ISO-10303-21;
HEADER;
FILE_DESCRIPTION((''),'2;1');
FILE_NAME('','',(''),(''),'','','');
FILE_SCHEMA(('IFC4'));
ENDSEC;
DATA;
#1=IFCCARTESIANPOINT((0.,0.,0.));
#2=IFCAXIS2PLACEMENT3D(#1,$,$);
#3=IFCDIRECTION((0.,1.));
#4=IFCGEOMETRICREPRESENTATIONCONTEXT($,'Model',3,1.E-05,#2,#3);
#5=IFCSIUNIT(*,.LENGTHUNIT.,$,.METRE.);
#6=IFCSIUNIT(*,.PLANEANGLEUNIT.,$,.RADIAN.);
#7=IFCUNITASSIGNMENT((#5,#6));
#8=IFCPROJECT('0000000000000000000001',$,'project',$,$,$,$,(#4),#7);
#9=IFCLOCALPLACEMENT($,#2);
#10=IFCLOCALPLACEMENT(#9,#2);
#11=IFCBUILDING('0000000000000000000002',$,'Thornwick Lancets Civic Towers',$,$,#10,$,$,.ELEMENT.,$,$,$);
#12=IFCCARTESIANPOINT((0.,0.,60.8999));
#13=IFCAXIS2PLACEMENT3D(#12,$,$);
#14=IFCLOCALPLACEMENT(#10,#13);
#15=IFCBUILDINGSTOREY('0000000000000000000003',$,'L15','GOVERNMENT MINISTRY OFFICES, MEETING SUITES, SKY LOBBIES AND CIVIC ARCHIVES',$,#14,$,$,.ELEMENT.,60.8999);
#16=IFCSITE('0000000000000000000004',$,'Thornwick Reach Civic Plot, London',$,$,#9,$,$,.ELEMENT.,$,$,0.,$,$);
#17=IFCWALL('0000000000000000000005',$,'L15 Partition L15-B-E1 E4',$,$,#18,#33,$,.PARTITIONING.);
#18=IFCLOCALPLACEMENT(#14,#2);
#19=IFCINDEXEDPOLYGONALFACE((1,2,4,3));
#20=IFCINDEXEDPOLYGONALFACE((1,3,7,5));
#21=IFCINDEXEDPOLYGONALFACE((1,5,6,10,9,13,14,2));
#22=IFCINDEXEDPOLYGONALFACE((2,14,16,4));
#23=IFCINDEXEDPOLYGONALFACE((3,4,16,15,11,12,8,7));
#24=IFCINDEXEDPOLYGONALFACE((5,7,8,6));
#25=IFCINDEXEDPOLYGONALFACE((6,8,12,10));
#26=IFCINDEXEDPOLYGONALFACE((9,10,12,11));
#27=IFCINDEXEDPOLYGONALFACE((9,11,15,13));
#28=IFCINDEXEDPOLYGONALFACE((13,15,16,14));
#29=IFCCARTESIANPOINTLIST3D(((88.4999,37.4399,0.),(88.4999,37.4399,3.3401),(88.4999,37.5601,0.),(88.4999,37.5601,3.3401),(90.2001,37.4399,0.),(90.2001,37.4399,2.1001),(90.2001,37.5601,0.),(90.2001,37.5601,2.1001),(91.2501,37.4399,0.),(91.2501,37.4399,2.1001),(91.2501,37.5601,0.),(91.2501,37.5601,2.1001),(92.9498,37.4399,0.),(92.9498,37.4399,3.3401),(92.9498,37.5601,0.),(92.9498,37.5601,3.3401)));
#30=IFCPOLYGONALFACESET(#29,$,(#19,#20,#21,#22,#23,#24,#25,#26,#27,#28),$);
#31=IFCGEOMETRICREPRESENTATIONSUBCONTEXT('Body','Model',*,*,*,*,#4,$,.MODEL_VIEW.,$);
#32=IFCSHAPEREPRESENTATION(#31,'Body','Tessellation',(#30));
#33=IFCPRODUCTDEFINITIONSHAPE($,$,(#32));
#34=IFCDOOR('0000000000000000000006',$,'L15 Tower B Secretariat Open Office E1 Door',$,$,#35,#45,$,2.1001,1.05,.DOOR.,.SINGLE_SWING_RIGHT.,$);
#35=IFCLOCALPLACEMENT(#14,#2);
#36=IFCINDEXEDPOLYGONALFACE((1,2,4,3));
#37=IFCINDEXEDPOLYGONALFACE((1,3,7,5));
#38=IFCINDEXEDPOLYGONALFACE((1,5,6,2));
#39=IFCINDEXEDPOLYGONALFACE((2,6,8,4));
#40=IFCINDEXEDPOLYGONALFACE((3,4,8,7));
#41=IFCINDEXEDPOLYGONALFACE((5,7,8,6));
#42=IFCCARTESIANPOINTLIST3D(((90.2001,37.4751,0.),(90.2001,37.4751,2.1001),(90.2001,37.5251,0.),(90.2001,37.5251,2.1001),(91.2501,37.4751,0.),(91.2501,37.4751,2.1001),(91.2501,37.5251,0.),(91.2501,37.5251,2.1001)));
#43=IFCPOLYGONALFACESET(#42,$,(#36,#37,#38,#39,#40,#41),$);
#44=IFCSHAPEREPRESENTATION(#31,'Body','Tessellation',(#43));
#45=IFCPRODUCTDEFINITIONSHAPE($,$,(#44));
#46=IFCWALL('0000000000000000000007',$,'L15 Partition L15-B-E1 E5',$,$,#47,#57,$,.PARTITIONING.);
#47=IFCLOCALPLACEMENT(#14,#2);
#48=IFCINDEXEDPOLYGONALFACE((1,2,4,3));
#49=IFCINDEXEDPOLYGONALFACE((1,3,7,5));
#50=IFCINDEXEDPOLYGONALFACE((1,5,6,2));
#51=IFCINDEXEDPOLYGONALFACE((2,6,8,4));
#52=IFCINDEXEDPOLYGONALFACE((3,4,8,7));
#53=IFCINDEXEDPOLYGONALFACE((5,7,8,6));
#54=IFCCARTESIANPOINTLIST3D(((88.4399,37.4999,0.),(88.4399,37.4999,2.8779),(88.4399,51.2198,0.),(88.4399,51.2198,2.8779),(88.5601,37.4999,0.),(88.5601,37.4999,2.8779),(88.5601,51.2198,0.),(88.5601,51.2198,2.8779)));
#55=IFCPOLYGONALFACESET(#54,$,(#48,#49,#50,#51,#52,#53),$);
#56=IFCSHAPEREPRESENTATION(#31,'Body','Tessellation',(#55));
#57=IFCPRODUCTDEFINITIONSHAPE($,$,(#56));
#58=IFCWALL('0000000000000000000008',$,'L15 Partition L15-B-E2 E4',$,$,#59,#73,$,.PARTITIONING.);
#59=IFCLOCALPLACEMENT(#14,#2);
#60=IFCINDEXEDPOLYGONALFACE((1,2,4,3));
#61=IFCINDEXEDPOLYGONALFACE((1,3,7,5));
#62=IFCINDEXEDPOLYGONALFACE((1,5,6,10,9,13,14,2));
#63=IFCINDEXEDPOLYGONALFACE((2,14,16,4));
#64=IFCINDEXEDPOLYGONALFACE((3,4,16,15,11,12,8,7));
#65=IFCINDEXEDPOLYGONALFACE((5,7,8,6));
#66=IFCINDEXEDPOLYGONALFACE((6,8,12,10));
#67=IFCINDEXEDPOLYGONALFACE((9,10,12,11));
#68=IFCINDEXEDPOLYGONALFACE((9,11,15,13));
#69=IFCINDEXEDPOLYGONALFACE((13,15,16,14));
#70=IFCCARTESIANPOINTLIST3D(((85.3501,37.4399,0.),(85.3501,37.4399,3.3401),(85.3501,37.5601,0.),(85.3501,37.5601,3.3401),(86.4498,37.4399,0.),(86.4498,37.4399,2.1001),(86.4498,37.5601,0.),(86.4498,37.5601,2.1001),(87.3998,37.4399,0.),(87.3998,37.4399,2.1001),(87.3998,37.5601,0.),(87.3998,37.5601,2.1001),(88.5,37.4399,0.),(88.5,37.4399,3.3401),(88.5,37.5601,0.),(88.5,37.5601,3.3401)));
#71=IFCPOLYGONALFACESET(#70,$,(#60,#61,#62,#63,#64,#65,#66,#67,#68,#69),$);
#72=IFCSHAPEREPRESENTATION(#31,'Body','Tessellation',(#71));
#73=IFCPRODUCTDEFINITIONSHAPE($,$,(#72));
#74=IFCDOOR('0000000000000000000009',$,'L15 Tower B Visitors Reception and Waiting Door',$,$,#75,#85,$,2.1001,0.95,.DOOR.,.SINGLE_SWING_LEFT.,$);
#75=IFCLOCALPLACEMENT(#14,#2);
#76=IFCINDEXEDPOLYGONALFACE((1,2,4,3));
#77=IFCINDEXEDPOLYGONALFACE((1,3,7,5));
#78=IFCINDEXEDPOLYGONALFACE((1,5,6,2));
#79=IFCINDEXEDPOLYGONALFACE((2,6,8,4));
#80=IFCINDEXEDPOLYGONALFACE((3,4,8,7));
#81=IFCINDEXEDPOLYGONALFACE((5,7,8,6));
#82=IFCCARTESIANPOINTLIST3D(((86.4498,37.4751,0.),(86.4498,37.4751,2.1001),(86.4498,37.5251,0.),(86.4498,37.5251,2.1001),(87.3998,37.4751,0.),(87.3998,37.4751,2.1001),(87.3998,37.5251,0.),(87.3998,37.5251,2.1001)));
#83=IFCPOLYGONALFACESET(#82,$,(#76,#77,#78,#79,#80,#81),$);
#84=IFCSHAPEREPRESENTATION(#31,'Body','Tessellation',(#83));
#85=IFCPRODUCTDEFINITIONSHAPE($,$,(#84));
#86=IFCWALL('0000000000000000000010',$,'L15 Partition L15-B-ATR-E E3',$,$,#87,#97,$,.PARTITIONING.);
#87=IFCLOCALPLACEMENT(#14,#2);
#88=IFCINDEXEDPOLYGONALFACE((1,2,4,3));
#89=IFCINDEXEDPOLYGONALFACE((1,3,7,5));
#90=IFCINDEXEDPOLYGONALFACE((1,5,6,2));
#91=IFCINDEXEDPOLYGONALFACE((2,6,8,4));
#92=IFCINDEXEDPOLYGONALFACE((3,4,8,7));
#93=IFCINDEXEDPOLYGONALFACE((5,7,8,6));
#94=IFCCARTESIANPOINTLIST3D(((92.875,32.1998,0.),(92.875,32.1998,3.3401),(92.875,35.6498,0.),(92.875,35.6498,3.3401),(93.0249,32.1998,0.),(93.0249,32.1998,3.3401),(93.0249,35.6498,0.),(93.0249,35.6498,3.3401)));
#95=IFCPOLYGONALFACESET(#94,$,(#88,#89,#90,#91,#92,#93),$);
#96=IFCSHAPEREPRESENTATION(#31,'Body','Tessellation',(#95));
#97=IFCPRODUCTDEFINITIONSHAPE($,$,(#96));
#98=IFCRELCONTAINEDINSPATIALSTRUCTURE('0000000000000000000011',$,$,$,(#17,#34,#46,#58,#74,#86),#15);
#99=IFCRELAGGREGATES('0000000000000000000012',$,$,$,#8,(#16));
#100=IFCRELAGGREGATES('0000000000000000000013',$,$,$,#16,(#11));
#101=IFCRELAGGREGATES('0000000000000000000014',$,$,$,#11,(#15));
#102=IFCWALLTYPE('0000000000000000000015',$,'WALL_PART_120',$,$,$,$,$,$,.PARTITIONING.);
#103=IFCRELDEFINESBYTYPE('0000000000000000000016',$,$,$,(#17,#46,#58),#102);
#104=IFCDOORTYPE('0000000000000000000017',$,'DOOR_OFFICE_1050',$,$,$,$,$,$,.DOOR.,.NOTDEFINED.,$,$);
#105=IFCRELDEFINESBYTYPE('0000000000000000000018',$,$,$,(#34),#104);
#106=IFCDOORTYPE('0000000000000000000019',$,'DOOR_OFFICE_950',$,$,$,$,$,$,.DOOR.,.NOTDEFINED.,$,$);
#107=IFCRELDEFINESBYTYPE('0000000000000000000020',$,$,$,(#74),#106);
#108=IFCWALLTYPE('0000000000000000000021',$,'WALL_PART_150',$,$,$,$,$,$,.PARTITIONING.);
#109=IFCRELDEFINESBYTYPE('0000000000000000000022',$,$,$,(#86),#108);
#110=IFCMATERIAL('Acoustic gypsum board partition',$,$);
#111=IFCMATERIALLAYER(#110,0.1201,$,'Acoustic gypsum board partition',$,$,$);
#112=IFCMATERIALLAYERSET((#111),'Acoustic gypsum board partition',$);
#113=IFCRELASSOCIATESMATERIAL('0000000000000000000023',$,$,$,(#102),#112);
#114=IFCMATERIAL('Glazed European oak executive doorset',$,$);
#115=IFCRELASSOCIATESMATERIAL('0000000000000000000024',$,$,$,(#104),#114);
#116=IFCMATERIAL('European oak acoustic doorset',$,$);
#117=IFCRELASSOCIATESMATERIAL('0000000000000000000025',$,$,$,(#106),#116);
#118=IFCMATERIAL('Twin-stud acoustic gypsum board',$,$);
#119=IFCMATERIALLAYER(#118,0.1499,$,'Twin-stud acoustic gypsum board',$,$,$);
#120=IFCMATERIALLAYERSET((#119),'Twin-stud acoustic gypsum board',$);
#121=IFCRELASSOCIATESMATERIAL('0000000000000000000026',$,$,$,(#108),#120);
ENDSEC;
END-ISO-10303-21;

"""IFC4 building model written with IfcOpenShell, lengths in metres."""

from ifc_helpers import new_model, si_unit, direction, frame, frame_2d, origin, place, context, subcontext, project, spatial, rectangle, extrude, material, layer, layer_set, type_object, element, fill, save


model = new_model("IFC4")

# Units and contexts
model_context = context("Model", 3, precision=1e-05, world=origin(), true_north=direction((0.0, 1.0)))
body_context = subcontext(model_context, "Body", "Model", "MODEL_VIEW")
ifc_project = project(units=[si_unit("LENGTHUNIT", "METRE"), si_unit("PLANEANGLEUNIT", "RADIAN")], contexts=[model_context])

# Site, building, storey
site_placement = place(None, origin())
site = spatial("IfcSite", under=ifc_project, at=site_placement, Name="Thornwick Reach Civic Plot, London", CompositionType="ELEMENT", RefElevation=0.0)
building_placement = place(site_placement, origin())
building = spatial("IfcBuilding", under=site, at=building_placement, Name="Thornwick Lancets Civic Towers", CompositionType="ELEMENT")
storey_placement = place(building_placement, frame((0.0, 0.0, 60.8999)))
storey = spatial("IfcBuildingStorey", under=building, at=storey_placement, Name="L15", Description="GOVERNMENT MINISTRY OFFICES, MEETING SUITES, SKY LOBBIES AND CIVIC ARCHIVES", CompositionType="ELEMENT", Elevation=60.8999)

# Shared definitions
ifc_material_1 = material(Name="Acoustic gypsum board partition")
ifc_layer_1 = layer(ifc_material_1, 0.1201, Name="Acoustic gypsum board partition")
ifc_layer_set_1 = layer_set([ifc_layer_1], Name="Acoustic gypsum board partition")
wall_type_1 = type_object("IfcWallType", Name="WALL_PART_120", PredefinedType="PARTITIONING", material=ifc_layer_set_1)

# Wall, opening, door
wall_1_placement = place(storey_placement, frame((92.95, 37.5, 0.0), z_axis=(0.0, 0.0, 1.0), x_axis=(-1.0, 0.0, 0.0)))
wall_1 = element("IfcWall", 1, at=wall_1_placement, inside=storey, type_object=wall_type_1, Name="L15 Partition L15-B-E1 E4", PredefinedType="PARTITIONING", context=body_context, shape_type="SweptSolid", body=[
    extrude(rectangle(XDim=4.45, YDim=0.1201, at=frame_2d((2.2251, 0.0))), origin(), (0.0, 0.0, 1.0), 3.3401),
])
opening_1_placement = place(wall_1_placement, frame((1.7, 0.0, 0.0)))
opening_1 = element("IfcOpeningElement", 2, at=opening_1_placement, cuts=wall_1, PredefinedType="OPENING", context=body_context, shape_type="SweptSolid", body=[
    extrude(rectangle(XDim=1.05, YDim=2.1001, at=frame_2d((0.5249, 1.05))), frame((0.0, 0.0701, 0.0), z_axis=(0.0, -1.0, 0.0), x_axis=(1.0, 0.0, 0.0)), (0.0, 0.0, 1.0), 0.1401),
])
ifc_material_2 = material(Name="Glazed European oak executive doorset")
door_type_1 = type_object("IfcDoorType", Name="DOOR_OFFICE_1050", OperationType="NOTDEFINED", PredefinedType="DOOR", material=ifc_material_2)
door_1_placement = place(opening_1_placement, origin())
door_1 = element("IfcDoor", 3, at=door_1_placement, inside=storey, type_object=door_type_1, Name="L15 Tower B Secretariat Open Office E1 Door", OperationType="SINGLE_SWING_RIGHT", OverallHeight=2.1001, OverallWidth=1.05, PredefinedType="DOOR", context=body_context, shape_type="SweptSolid", body=[
    extrude(rectangle(XDim=1.05, YDim=2.1001, at=frame_2d((0.5249, 1.05))), frame((0.0, 0.0249, 0.0), z_axis=(0.0, -1.0, 0.0), x_axis=(1.0, 0.0, 0.0)), (0.0, 0.0, 1.0), 0.05),
])
fill(opening_1, door_1)

# Wall
wall_2_placement = place(storey_placement, frame((88.5, 37.5, 0.0), z_axis=(0.0, 0.0, 1.0), x_axis=(0.0, 1.0, 0.0)))
element("IfcWall", 4, at=wall_2_placement, inside=storey, type_object=wall_type_1, Name="L15 Partition L15-B-E1 E5", PredefinedType="PARTITIONING", context=body_context, shape_type="SweptSolid", body=[
    extrude(rectangle(XDim=13.72, YDim=0.1201, at=frame_2d((6.8599, 0.0))), origin(), (0.0, 0.0, 1.0), 2.8779),
])

# Wall, opening, door
wall_3_placement = place(storey_placement, frame((88.5, 37.5, 0.0), z_axis=(0.0, 0.0, 1.0), x_axis=(-1.0, 0.0, 0.0)))
wall_3 = element("IfcWall", 5, at=wall_3_placement, inside=storey, type_object=wall_type_1, Name="L15 Partition L15-B-E2 E4", PredefinedType="PARTITIONING", context=body_context, shape_type="SweptSolid", body=[
    extrude(rectangle(XDim=3.1499, YDim=0.1201, at=frame_2d((1.575, 0.0))), origin(), (0.0, 0.0, 1.0), 3.3401),
])
opening_2_placement = place(wall_3_placement, frame((1.1001, 0.0, 0.0)))
opening_2 = element("IfcOpeningElement", 6, at=opening_2_placement, cuts=wall_3, PredefinedType="OPENING", context=body_context, shape_type="SweptSolid", body=[
    extrude(rectangle(XDim=0.95, YDim=2.1001, at=frame_2d((0.4751, 1.05))), frame((0.0, 0.0701, 0.0), z_axis=(0.0, -1.0, 0.0), x_axis=(1.0, 0.0, 0.0)), (0.0, 0.0, 1.0), 0.1401),
])
ifc_material_3 = material(Name="European oak acoustic doorset")
door_type_2 = type_object("IfcDoorType", Name="DOOR_OFFICE_950", OperationType="NOTDEFINED", PredefinedType="DOOR", material=ifc_material_3)
door_2_placement = place(opening_2_placement, origin())
door_2 = element("IfcDoor", 7, at=door_2_placement, inside=storey, type_object=door_type_2, Name="L15 Tower B Visitors Reception and Waiting Door", OperationType="SINGLE_SWING_LEFT", OverallHeight=2.1001, OverallWidth=0.95, PredefinedType="DOOR", context=body_context, shape_type="SweptSolid", body=[
    extrude(rectangle(XDim=0.95, YDim=2.1001, at=frame_2d((0.4751, 1.05))), frame((0.0, 0.0249, 0.0), z_axis=(0.0, -1.0, 0.0), x_axis=(1.0, 0.0, 0.0)), (0.0, 0.0, 1.0), 0.05),
])
fill(opening_2, door_2)

# Wall
ifc_material_4 = material(Name="Twin-stud acoustic gypsum board")
ifc_layer_2 = layer(ifc_material_4, 0.1499, Name="Twin-stud acoustic gypsum board")
ifc_layer_set_2 = layer_set([ifc_layer_2], Name="Twin-stud acoustic gypsum board")
wall_type_2 = type_object("IfcWallType", Name="WALL_PART_150", PredefinedType="PARTITIONING", material=ifc_layer_set_2)
wall_4_placement = place(storey_placement, frame((92.95, 35.6499, 0.0), z_axis=(0.0, 0.0, 1.0), x_axis=(0.0, -1.0, 0.0)))
element("IfcWall", 8, at=wall_4_placement, inside=storey, type_object=wall_type_2, Name="L15 Partition L15-B-ATR-E E3", PredefinedType="PARTITIONING", context=body_context, shape_type="SweptSolid", body=[
    extrude(rectangle(XDim=3.45, YDim=0.1499, at=frame_2d((1.7251, 0.0))), origin(), (0.0, 0.0, 1.0), 3.3401),
])

save(model, "model.ifc")
